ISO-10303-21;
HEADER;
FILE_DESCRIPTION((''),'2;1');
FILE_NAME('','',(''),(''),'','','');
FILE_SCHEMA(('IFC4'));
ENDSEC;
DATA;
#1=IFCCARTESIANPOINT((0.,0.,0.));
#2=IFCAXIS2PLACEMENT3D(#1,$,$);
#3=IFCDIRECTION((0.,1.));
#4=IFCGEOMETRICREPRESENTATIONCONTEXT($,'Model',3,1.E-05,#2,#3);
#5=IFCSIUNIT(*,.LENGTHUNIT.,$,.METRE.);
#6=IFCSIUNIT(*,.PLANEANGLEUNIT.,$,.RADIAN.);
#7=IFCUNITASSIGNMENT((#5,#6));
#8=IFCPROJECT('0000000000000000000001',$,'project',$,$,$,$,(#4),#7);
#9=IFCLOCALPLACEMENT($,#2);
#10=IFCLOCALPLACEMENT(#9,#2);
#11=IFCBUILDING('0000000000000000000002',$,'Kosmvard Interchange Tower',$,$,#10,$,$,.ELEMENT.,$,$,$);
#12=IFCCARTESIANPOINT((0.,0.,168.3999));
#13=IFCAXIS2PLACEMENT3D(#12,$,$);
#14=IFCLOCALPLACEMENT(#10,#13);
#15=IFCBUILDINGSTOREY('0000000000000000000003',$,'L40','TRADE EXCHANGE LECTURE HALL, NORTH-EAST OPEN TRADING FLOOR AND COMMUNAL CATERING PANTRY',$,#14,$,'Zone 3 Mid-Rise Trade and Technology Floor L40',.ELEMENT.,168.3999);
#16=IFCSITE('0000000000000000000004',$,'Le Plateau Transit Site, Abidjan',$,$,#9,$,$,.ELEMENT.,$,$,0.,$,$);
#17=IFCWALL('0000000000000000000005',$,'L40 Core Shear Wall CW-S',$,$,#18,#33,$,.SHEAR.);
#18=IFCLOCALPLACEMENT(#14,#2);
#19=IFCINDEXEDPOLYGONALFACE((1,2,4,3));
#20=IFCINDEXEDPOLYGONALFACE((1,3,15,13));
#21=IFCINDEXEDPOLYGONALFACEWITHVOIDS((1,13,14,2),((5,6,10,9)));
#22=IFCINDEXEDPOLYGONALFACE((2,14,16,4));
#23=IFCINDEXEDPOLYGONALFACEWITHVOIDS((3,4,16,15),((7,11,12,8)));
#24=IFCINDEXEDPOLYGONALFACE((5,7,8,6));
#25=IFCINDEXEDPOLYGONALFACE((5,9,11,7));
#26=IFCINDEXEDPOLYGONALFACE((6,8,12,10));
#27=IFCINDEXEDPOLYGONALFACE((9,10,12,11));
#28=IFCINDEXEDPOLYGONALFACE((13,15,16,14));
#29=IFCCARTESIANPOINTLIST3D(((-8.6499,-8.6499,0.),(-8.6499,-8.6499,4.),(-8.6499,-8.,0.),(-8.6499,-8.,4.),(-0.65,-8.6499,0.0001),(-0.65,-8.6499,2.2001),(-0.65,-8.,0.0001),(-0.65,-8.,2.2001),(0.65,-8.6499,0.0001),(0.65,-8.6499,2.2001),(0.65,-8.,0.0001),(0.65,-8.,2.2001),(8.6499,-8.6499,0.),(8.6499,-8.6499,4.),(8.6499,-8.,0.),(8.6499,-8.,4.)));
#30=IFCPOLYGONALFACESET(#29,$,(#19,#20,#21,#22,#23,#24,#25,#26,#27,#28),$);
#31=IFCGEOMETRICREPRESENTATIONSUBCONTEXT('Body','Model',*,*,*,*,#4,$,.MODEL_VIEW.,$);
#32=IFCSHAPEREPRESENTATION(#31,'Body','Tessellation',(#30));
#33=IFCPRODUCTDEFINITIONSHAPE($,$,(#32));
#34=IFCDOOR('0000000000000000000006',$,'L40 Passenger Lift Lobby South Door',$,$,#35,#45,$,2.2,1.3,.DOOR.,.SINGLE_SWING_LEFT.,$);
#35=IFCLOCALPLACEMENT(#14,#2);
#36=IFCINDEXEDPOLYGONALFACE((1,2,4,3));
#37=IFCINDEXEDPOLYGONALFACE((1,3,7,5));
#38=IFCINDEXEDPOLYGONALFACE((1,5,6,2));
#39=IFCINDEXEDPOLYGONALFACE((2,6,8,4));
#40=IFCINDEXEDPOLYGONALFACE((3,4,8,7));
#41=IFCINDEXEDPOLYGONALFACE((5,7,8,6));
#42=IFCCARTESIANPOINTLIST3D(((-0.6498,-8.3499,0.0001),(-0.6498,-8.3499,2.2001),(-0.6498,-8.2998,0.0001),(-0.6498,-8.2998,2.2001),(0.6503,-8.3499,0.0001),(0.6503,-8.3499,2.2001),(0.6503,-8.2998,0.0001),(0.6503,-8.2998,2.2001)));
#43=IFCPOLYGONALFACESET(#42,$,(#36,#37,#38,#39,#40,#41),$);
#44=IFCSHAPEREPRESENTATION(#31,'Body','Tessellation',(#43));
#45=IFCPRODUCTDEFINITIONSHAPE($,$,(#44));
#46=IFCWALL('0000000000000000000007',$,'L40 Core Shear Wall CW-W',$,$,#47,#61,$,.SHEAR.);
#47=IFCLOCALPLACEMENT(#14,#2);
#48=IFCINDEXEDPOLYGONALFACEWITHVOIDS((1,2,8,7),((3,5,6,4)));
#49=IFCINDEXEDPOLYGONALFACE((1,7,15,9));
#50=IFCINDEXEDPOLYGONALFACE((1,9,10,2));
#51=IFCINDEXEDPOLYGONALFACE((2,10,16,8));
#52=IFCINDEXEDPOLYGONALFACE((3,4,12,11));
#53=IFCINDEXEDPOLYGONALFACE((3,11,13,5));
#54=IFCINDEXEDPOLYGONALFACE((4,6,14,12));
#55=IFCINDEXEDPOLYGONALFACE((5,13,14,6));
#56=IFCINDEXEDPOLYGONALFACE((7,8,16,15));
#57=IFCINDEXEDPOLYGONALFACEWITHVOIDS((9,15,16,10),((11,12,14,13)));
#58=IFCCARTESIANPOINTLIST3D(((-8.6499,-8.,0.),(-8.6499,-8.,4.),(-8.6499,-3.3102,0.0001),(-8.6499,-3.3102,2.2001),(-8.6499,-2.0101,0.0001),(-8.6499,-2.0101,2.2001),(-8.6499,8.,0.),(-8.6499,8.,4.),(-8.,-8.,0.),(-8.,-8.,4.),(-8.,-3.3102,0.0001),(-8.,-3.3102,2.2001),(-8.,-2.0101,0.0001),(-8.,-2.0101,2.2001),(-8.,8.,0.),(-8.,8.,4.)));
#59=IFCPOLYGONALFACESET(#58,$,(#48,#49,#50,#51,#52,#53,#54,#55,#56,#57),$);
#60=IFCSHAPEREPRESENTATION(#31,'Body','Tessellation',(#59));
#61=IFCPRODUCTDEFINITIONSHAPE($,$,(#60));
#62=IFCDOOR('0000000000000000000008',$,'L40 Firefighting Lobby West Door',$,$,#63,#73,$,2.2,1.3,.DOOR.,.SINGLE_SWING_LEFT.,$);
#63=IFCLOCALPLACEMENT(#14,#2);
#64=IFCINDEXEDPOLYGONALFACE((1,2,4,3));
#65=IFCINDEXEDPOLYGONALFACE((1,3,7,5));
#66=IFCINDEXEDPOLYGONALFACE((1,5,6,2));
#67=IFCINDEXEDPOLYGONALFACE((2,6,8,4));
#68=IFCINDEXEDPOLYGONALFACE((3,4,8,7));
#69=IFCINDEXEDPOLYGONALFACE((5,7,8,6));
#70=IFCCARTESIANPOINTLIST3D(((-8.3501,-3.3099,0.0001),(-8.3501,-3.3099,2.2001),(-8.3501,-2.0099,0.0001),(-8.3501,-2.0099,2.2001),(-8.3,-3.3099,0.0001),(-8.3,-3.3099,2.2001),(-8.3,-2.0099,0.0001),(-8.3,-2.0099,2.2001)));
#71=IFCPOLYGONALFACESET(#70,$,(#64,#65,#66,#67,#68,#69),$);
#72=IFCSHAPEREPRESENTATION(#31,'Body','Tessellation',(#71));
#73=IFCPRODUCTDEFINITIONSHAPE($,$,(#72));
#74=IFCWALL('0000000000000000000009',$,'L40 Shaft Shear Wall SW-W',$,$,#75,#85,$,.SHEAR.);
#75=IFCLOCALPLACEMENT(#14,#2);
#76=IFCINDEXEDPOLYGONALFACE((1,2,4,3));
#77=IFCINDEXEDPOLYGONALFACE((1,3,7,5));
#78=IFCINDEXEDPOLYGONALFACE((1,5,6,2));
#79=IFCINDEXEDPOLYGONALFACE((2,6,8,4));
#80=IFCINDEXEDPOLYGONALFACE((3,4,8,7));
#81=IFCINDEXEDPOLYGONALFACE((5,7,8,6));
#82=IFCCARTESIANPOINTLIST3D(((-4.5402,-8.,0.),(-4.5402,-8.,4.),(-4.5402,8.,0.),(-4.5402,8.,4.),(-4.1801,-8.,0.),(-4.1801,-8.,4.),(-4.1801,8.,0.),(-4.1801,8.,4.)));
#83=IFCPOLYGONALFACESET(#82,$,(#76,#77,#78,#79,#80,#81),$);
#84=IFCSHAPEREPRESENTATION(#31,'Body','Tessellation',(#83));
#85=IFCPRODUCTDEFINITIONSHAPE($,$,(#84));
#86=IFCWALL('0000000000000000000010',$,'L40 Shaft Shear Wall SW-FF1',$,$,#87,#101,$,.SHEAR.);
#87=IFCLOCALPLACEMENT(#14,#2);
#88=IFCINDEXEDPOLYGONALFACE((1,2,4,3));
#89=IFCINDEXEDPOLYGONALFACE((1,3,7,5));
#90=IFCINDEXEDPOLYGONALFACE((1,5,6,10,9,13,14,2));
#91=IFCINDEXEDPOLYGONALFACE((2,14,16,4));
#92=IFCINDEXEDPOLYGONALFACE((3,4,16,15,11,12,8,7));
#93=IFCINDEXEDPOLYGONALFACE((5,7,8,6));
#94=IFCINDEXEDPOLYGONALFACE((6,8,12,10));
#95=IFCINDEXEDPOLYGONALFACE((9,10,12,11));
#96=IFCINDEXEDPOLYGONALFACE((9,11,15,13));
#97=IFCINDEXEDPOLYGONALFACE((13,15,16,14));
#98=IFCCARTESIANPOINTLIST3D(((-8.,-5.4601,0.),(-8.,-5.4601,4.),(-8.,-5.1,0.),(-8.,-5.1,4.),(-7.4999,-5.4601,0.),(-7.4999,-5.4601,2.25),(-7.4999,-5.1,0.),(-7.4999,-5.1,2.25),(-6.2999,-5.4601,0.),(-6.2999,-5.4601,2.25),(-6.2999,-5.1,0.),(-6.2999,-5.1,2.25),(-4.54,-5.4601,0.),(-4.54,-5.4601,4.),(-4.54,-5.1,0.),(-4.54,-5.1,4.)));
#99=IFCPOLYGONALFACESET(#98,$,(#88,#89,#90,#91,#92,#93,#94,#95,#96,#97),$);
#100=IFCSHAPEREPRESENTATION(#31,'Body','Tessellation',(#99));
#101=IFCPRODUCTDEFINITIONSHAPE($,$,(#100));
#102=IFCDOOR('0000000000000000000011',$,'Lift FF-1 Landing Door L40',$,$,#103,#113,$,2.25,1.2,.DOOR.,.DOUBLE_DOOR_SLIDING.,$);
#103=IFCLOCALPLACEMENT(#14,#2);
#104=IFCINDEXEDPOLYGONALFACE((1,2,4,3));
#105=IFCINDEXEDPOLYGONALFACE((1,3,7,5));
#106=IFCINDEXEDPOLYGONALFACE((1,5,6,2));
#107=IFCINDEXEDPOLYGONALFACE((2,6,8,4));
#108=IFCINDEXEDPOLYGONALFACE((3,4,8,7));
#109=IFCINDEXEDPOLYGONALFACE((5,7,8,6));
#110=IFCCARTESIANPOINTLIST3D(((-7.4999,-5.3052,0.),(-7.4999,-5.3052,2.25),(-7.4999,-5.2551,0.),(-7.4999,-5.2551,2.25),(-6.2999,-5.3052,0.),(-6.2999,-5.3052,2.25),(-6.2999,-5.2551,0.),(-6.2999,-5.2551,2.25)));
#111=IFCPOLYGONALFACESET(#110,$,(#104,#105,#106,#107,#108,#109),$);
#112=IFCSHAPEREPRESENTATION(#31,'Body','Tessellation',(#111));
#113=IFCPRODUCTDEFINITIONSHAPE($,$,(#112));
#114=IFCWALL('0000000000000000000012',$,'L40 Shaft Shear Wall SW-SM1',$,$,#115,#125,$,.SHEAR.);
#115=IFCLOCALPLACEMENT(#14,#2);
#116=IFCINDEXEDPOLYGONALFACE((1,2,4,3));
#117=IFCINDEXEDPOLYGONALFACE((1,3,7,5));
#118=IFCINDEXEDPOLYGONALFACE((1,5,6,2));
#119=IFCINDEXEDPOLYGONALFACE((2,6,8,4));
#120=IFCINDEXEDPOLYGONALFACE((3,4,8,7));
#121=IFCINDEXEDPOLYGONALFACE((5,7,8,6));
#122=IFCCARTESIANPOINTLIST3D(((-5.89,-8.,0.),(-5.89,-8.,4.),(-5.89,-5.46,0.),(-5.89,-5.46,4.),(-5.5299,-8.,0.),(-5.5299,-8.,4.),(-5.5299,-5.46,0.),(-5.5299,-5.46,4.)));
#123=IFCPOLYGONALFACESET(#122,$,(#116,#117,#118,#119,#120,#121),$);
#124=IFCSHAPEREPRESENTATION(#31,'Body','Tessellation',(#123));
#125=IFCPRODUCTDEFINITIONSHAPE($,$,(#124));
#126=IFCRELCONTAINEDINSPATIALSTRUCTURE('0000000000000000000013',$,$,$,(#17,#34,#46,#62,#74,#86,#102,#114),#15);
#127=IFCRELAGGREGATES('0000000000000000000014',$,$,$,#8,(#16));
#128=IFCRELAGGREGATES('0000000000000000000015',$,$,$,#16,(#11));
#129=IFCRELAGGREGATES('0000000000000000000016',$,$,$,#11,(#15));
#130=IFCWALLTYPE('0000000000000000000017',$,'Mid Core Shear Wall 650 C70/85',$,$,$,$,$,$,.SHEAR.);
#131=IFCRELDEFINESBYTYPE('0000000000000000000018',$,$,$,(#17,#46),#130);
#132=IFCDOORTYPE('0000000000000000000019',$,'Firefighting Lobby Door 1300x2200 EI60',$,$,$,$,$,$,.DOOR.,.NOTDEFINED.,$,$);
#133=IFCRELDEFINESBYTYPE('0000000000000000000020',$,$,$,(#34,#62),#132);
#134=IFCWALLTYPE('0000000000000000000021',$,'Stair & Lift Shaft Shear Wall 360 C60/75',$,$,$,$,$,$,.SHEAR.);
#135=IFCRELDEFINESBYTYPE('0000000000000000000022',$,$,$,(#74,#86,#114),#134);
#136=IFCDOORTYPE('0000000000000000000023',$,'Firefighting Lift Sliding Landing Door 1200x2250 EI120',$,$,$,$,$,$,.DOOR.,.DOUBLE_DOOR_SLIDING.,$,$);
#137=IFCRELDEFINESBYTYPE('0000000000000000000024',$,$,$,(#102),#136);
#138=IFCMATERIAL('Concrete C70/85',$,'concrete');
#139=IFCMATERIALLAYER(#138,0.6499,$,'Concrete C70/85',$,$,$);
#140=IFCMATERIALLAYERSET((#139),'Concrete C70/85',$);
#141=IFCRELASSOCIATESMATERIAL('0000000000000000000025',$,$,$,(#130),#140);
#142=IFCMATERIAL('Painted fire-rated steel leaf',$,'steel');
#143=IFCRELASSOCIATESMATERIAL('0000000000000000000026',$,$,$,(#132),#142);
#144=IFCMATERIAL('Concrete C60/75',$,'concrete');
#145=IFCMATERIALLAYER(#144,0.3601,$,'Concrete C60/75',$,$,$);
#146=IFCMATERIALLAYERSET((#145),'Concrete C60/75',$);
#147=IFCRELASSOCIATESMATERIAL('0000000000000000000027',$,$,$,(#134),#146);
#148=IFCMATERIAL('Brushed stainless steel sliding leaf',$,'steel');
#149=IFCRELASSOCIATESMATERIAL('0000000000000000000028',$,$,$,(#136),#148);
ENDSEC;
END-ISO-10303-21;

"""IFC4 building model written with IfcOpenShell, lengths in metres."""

from ifc_helpers import new_model, si_unit, direction, frame, frame_2d, origin, place, context, subcontext, project, spatial, rectangle, extrude, source, transform, mapped, material, layer, layer_set, type_object, element, fill, save


model = new_model("IFC4")

# Units and contexts
model_context = context("Model", 3, precision=1e-05, world=origin(), true_north=direction((0.0, 1.0)))
body_context = subcontext(model_context, "Body", "Model", "MODEL_VIEW")
ifc_project = project(units=[si_unit("LENGTHUNIT", "METRE"), si_unit("PLANEANGLEUNIT", "RADIAN")], contexts=[model_context])

# Site, building, storey
site_placement = place(None, origin())
site = spatial("IfcSite", under=ifc_project, at=site_placement, Name="Le Plateau Transit Site, Abidjan", CompositionType="ELEMENT", RefElevation=0.0)
building_placement = place(site_placement, origin())
building = spatial("IfcBuilding", under=site, at=building_placement, Name="Kosmvard Interchange Tower", CompositionType="ELEMENT")
storey_placement = place(building_placement, frame((0.0, 0.0, 168.3999)))
storey = spatial("IfcBuildingStorey", under=building, at=storey_placement, Name="L40", Description="TRADE EXCHANGE LECTURE HALL, NORTH-EAST OPEN TRADING FLOOR AND COMMUNAL CATERING PANTRY", LongName="Zone 3 Mid-Rise Trade and Technology Floor L40", CompositionType="ELEMENT", Elevation=168.3999)

# Shared definitions
ifc_material_1 = material(Name="Concrete C60/75", Category="concrete")

# Shared definitions
ifc_material_2 = material(Name="Painted fire-rated steel leaf", Category="steel")
ifc_material_3 = material(Name="Brushed stainless steel sliding leaf", Category="steel")

# Walls, openings, doors
ifc_material_4 = material(Name="Concrete C70/85", Category="concrete")
ifc_layer_1 = layer(ifc_material_4, 0.6499, Name="Concrete C70/85")
ifc_layer_set_1 = layer_set([ifc_layer_1], Name="Concrete C70/85")
wall_type_1 = type_object("IfcWallType", Name="Mid Core Shear Wall 650 C70/85", PredefinedType="SHEAR", material=ifc_layer_set_1)
wall_1_placement = place(storey_placement, frame((-8.6499, -8.325, 0.0), z_axis=(0.0, 0.0, 1.0), x_axis=(1.0, 0.0, 0.0)))
wall_1 = element("IfcWall", 1, at=wall_1_placement, inside=storey, type_object=wall_type_1, Name="L40 Core Shear Wall CW-S", PredefinedType="SHEAR", context=body_context, shape_type="SweptSolid", body=[
    extrude(rectangle(XDim=17.2998, YDim=0.6499, at=frame_2d((8.6499, 0.0))), origin(), (0.0, 0.0, 1.0), 4.0),
])
opening_1_placement = place(wall_1_placement, frame((8.0, 0.0, 0.0)))
opening_1 = element("IfcOpeningElement", 2, at=opening_1_placement, cuts=wall_1, PredefinedType="OPENING", context=body_context, shape_type="SweptSolid", body=[
    extrude(rectangle(XDim=1.3, YDim=2.2, at=frame_2d((0.6499, 1.1001))), frame((0.0, 0.335, 0.0), z_axis=(0.0, -1.0, 0.0), x_axis=(1.0, 0.0, 0.0)), (0.0, 0.0, 1.0), 0.6699),
])
door_type_1 = type_object("IfcDoorType", Name="Firefighting Lobby Door 1300x2200 EI60", OperationType="NOTDEFINED", PredefinedType="DOOR", material=ifc_material_2)
shared_shape_1 = source(origin(), body_context, "Body", "SweptSolid", [
    extrude(rectangle(XDim=1.3, YDim=2.2, at=frame_2d((0.6499, 1.1001))), frame((0.0, 0.0249, 0.0), z_axis=(0.0, -1.0, 0.0), x_axis=(1.0, 0.0, 0.0)), (0.0, 0.0, 1.0), 0.05),
])
door_1_placement = place(opening_1_placement, frame((1.3, 0.0, 0.0), z_axis=(0.0, 0.0, 1.0), x_axis=(-1.0, 0.0, 0.0)))
door_1 = element("IfcDoor", 3, at=door_1_placement, inside=storey, type_object=door_type_1, Name="L40 Passenger Lift Lobby South Door", OperationType="SINGLE_SWING_LEFT", OverallHeight=2.2, OverallWidth=1.3, PredefinedType="DOOR", context=body_context, shape_type="MappedRepresentation", body=[
    mapped(shared_shape_1, transform((0.0, 0.0, 0.0), scale=1.0)),
])
fill(opening_1, door_1)
wall_2_placement = place(storey_placement, frame((-8.325, -8.0, 0.0), z_axis=(0.0, 0.0, 1.0), x_axis=(0.0, 1.0, 0.0)))
wall_2 = element("IfcWall", 4, at=wall_2_placement, inside=storey, type_object=wall_type_1, Name="L40 Core Shear Wall CW-W", PredefinedType="SHEAR", context=body_context, shape_type="SweptSolid", body=[
    extrude(rectangle(XDim=16.0, YDim=0.6499, at=frame_2d((8.0, 0.0))), origin(), (0.0, 0.0, 1.0), 4.0),
])
opening_2_placement = place(wall_2_placement, frame((4.6899, 0.0, 0.0)))
opening_2 = element("IfcOpeningElement", 5, at=opening_2_placement, cuts=wall_2, PredefinedType="OPENING", context=body_context, shape_type="SweptSolid", body=[
    extrude(rectangle(XDim=1.3, YDim=2.2, at=frame_2d((0.6499, 1.1001))), frame((0.0, 0.335, 0.0), z_axis=(0.0, -1.0, 0.0), x_axis=(1.0, 0.0, 0.0)), (0.0, 0.0, 1.0), 0.6699),
])
door_2_placement = place(opening_2_placement, frame((1.3, 0.0, 0.0), z_axis=(0.0, 0.0, 1.0), x_axis=(-1.0, 0.0, 0.0)))
door_2 = element("IfcDoor", 6, at=door_2_placement, inside=storey, type_object=door_type_1, Name="L40 Firefighting Lobby West Door", OperationType="SINGLE_SWING_LEFT", OverallHeight=2.2, OverallWidth=1.3, PredefinedType="DOOR", context=body_context, shape_type="MappedRepresentation", body=[
    mapped(shared_shape_1, transform((0.0, 0.0, 0.0), scale=1.0)),
])
fill(opening_2, door_2)

# Wall
ifc_layer_2 = layer(ifc_material_1, 0.3601, Name="Concrete C60/75")
ifc_layer_set_2 = layer_set([ifc_layer_2], Name="Concrete C60/75")
wall_type_2 = type_object("IfcWallType", Name="Stair & Lift Shaft Shear Wall 360 C60/75", PredefinedType="SHEAR", material=ifc_layer_set_2)
wall_3_placement = place(storey_placement, frame((-4.3601, -8.0, 0.0), z_axis=(0.0, 0.0, 1.0), x_axis=(0.0, 1.0, 0.0)))
element("IfcWall", 7, at=wall_3_placement, inside=storey, type_object=wall_type_2, Name="L40 Shaft Shear Wall SW-W", PredefinedType="SHEAR", context=body_context, shape_type="SweptSolid", body=[
    extrude(rectangle(XDim=16.0, YDim=0.3601, at=frame_2d((8.0, 0.0))), origin(), (0.0, 0.0, 1.0), 4.0),
])

# Wall, opening, door
wall_4_placement = place(storey_placement, frame((-8.0, -5.28, 0.0), z_axis=(0.0, 0.0, 1.0), x_axis=(1.0, 0.0, 0.0)))
wall_4 = element("IfcWall", 8, at=wall_4_placement, inside=storey, type_object=wall_type_2, Name="L40 Shaft Shear Wall SW-FF1", PredefinedType="SHEAR", context=body_context, shape_type="SweptSolid", body=[
    extrude(rectangle(XDim=3.46, YDim=0.3601, at=frame_2d((1.73, 0.0))), origin(), (0.0, 0.0, 1.0), 4.0),
])
opening_3_placement = place(wall_4_placement, frame((0.5, 0.0, 0.0)))
opening_3 = element("IfcOpeningElement", 9, at=opening_3_placement, cuts=wall_4, PredefinedType="OPENING", context=body_context, shape_type="SweptSolid", body=[
    extrude(rectangle(XDim=1.2, YDim=2.25, at=frame_2d((0.6001, 1.125))), frame((0.0, 0.1899, 0.0), z_axis=(0.0, -1.0, 0.0), x_axis=(1.0, 0.0, 0.0)), (0.0, 0.0, 1.0), 0.3801),
])
door_type_2 = type_object("IfcDoorType", Name="Firefighting Lift Sliding Landing Door 1200x2250 EI120", OperationType="DOUBLE_DOOR_SLIDING", PredefinedType="DOOR", material=ifc_material_3)
shared_shape_2 = source(origin(), body_context, "Body", "SweptSolid", [
    extrude(rectangle(XDim=1.2, YDim=2.25, at=frame_2d((0.6001, 1.125))), frame((0.0, 0.0249, 0.0), z_axis=(0.0, -1.0, 0.0), x_axis=(1.0, 0.0, 0.0)), (0.0, 0.0, 1.0), 0.05),
])
door_3_placement = place(opening_3_placement, origin())
door_3 = element("IfcDoor", 10, at=door_3_placement, inside=storey, type_object=door_type_2, Name="Lift FF-1 Landing Door L40", OperationType="DOUBLE_DOOR_SLIDING", OverallHeight=2.25, OverallWidth=1.2, PredefinedType="DOOR", context=body_context, shape_type="MappedRepresentation", body=[
    mapped(shared_shape_2, transform((0.0, 0.0, 0.0), scale=1.0)),
])
fill(opening_3, door_3)

# Wall
wall_5_placement = place(storey_placement, frame((-5.71, -8.0, 0.0), z_axis=(0.0, 0.0, 1.0), x_axis=(0.0, 1.0, 0.0)))
element("IfcWall", 11, at=wall_5_placement, inside=storey, type_object=wall_type_2, Name="L40 Shaft Shear Wall SW-SM1", PredefinedType="SHEAR", context=body_context, shape_type="SweptSolid", body=[
    extrude(rectangle(XDim=2.54, YDim=0.3601, at=frame_2d((1.27, 0.0))), origin(), (0.0, 0.0, 1.0), 4.0),
])

save(model, "model.ifc")
